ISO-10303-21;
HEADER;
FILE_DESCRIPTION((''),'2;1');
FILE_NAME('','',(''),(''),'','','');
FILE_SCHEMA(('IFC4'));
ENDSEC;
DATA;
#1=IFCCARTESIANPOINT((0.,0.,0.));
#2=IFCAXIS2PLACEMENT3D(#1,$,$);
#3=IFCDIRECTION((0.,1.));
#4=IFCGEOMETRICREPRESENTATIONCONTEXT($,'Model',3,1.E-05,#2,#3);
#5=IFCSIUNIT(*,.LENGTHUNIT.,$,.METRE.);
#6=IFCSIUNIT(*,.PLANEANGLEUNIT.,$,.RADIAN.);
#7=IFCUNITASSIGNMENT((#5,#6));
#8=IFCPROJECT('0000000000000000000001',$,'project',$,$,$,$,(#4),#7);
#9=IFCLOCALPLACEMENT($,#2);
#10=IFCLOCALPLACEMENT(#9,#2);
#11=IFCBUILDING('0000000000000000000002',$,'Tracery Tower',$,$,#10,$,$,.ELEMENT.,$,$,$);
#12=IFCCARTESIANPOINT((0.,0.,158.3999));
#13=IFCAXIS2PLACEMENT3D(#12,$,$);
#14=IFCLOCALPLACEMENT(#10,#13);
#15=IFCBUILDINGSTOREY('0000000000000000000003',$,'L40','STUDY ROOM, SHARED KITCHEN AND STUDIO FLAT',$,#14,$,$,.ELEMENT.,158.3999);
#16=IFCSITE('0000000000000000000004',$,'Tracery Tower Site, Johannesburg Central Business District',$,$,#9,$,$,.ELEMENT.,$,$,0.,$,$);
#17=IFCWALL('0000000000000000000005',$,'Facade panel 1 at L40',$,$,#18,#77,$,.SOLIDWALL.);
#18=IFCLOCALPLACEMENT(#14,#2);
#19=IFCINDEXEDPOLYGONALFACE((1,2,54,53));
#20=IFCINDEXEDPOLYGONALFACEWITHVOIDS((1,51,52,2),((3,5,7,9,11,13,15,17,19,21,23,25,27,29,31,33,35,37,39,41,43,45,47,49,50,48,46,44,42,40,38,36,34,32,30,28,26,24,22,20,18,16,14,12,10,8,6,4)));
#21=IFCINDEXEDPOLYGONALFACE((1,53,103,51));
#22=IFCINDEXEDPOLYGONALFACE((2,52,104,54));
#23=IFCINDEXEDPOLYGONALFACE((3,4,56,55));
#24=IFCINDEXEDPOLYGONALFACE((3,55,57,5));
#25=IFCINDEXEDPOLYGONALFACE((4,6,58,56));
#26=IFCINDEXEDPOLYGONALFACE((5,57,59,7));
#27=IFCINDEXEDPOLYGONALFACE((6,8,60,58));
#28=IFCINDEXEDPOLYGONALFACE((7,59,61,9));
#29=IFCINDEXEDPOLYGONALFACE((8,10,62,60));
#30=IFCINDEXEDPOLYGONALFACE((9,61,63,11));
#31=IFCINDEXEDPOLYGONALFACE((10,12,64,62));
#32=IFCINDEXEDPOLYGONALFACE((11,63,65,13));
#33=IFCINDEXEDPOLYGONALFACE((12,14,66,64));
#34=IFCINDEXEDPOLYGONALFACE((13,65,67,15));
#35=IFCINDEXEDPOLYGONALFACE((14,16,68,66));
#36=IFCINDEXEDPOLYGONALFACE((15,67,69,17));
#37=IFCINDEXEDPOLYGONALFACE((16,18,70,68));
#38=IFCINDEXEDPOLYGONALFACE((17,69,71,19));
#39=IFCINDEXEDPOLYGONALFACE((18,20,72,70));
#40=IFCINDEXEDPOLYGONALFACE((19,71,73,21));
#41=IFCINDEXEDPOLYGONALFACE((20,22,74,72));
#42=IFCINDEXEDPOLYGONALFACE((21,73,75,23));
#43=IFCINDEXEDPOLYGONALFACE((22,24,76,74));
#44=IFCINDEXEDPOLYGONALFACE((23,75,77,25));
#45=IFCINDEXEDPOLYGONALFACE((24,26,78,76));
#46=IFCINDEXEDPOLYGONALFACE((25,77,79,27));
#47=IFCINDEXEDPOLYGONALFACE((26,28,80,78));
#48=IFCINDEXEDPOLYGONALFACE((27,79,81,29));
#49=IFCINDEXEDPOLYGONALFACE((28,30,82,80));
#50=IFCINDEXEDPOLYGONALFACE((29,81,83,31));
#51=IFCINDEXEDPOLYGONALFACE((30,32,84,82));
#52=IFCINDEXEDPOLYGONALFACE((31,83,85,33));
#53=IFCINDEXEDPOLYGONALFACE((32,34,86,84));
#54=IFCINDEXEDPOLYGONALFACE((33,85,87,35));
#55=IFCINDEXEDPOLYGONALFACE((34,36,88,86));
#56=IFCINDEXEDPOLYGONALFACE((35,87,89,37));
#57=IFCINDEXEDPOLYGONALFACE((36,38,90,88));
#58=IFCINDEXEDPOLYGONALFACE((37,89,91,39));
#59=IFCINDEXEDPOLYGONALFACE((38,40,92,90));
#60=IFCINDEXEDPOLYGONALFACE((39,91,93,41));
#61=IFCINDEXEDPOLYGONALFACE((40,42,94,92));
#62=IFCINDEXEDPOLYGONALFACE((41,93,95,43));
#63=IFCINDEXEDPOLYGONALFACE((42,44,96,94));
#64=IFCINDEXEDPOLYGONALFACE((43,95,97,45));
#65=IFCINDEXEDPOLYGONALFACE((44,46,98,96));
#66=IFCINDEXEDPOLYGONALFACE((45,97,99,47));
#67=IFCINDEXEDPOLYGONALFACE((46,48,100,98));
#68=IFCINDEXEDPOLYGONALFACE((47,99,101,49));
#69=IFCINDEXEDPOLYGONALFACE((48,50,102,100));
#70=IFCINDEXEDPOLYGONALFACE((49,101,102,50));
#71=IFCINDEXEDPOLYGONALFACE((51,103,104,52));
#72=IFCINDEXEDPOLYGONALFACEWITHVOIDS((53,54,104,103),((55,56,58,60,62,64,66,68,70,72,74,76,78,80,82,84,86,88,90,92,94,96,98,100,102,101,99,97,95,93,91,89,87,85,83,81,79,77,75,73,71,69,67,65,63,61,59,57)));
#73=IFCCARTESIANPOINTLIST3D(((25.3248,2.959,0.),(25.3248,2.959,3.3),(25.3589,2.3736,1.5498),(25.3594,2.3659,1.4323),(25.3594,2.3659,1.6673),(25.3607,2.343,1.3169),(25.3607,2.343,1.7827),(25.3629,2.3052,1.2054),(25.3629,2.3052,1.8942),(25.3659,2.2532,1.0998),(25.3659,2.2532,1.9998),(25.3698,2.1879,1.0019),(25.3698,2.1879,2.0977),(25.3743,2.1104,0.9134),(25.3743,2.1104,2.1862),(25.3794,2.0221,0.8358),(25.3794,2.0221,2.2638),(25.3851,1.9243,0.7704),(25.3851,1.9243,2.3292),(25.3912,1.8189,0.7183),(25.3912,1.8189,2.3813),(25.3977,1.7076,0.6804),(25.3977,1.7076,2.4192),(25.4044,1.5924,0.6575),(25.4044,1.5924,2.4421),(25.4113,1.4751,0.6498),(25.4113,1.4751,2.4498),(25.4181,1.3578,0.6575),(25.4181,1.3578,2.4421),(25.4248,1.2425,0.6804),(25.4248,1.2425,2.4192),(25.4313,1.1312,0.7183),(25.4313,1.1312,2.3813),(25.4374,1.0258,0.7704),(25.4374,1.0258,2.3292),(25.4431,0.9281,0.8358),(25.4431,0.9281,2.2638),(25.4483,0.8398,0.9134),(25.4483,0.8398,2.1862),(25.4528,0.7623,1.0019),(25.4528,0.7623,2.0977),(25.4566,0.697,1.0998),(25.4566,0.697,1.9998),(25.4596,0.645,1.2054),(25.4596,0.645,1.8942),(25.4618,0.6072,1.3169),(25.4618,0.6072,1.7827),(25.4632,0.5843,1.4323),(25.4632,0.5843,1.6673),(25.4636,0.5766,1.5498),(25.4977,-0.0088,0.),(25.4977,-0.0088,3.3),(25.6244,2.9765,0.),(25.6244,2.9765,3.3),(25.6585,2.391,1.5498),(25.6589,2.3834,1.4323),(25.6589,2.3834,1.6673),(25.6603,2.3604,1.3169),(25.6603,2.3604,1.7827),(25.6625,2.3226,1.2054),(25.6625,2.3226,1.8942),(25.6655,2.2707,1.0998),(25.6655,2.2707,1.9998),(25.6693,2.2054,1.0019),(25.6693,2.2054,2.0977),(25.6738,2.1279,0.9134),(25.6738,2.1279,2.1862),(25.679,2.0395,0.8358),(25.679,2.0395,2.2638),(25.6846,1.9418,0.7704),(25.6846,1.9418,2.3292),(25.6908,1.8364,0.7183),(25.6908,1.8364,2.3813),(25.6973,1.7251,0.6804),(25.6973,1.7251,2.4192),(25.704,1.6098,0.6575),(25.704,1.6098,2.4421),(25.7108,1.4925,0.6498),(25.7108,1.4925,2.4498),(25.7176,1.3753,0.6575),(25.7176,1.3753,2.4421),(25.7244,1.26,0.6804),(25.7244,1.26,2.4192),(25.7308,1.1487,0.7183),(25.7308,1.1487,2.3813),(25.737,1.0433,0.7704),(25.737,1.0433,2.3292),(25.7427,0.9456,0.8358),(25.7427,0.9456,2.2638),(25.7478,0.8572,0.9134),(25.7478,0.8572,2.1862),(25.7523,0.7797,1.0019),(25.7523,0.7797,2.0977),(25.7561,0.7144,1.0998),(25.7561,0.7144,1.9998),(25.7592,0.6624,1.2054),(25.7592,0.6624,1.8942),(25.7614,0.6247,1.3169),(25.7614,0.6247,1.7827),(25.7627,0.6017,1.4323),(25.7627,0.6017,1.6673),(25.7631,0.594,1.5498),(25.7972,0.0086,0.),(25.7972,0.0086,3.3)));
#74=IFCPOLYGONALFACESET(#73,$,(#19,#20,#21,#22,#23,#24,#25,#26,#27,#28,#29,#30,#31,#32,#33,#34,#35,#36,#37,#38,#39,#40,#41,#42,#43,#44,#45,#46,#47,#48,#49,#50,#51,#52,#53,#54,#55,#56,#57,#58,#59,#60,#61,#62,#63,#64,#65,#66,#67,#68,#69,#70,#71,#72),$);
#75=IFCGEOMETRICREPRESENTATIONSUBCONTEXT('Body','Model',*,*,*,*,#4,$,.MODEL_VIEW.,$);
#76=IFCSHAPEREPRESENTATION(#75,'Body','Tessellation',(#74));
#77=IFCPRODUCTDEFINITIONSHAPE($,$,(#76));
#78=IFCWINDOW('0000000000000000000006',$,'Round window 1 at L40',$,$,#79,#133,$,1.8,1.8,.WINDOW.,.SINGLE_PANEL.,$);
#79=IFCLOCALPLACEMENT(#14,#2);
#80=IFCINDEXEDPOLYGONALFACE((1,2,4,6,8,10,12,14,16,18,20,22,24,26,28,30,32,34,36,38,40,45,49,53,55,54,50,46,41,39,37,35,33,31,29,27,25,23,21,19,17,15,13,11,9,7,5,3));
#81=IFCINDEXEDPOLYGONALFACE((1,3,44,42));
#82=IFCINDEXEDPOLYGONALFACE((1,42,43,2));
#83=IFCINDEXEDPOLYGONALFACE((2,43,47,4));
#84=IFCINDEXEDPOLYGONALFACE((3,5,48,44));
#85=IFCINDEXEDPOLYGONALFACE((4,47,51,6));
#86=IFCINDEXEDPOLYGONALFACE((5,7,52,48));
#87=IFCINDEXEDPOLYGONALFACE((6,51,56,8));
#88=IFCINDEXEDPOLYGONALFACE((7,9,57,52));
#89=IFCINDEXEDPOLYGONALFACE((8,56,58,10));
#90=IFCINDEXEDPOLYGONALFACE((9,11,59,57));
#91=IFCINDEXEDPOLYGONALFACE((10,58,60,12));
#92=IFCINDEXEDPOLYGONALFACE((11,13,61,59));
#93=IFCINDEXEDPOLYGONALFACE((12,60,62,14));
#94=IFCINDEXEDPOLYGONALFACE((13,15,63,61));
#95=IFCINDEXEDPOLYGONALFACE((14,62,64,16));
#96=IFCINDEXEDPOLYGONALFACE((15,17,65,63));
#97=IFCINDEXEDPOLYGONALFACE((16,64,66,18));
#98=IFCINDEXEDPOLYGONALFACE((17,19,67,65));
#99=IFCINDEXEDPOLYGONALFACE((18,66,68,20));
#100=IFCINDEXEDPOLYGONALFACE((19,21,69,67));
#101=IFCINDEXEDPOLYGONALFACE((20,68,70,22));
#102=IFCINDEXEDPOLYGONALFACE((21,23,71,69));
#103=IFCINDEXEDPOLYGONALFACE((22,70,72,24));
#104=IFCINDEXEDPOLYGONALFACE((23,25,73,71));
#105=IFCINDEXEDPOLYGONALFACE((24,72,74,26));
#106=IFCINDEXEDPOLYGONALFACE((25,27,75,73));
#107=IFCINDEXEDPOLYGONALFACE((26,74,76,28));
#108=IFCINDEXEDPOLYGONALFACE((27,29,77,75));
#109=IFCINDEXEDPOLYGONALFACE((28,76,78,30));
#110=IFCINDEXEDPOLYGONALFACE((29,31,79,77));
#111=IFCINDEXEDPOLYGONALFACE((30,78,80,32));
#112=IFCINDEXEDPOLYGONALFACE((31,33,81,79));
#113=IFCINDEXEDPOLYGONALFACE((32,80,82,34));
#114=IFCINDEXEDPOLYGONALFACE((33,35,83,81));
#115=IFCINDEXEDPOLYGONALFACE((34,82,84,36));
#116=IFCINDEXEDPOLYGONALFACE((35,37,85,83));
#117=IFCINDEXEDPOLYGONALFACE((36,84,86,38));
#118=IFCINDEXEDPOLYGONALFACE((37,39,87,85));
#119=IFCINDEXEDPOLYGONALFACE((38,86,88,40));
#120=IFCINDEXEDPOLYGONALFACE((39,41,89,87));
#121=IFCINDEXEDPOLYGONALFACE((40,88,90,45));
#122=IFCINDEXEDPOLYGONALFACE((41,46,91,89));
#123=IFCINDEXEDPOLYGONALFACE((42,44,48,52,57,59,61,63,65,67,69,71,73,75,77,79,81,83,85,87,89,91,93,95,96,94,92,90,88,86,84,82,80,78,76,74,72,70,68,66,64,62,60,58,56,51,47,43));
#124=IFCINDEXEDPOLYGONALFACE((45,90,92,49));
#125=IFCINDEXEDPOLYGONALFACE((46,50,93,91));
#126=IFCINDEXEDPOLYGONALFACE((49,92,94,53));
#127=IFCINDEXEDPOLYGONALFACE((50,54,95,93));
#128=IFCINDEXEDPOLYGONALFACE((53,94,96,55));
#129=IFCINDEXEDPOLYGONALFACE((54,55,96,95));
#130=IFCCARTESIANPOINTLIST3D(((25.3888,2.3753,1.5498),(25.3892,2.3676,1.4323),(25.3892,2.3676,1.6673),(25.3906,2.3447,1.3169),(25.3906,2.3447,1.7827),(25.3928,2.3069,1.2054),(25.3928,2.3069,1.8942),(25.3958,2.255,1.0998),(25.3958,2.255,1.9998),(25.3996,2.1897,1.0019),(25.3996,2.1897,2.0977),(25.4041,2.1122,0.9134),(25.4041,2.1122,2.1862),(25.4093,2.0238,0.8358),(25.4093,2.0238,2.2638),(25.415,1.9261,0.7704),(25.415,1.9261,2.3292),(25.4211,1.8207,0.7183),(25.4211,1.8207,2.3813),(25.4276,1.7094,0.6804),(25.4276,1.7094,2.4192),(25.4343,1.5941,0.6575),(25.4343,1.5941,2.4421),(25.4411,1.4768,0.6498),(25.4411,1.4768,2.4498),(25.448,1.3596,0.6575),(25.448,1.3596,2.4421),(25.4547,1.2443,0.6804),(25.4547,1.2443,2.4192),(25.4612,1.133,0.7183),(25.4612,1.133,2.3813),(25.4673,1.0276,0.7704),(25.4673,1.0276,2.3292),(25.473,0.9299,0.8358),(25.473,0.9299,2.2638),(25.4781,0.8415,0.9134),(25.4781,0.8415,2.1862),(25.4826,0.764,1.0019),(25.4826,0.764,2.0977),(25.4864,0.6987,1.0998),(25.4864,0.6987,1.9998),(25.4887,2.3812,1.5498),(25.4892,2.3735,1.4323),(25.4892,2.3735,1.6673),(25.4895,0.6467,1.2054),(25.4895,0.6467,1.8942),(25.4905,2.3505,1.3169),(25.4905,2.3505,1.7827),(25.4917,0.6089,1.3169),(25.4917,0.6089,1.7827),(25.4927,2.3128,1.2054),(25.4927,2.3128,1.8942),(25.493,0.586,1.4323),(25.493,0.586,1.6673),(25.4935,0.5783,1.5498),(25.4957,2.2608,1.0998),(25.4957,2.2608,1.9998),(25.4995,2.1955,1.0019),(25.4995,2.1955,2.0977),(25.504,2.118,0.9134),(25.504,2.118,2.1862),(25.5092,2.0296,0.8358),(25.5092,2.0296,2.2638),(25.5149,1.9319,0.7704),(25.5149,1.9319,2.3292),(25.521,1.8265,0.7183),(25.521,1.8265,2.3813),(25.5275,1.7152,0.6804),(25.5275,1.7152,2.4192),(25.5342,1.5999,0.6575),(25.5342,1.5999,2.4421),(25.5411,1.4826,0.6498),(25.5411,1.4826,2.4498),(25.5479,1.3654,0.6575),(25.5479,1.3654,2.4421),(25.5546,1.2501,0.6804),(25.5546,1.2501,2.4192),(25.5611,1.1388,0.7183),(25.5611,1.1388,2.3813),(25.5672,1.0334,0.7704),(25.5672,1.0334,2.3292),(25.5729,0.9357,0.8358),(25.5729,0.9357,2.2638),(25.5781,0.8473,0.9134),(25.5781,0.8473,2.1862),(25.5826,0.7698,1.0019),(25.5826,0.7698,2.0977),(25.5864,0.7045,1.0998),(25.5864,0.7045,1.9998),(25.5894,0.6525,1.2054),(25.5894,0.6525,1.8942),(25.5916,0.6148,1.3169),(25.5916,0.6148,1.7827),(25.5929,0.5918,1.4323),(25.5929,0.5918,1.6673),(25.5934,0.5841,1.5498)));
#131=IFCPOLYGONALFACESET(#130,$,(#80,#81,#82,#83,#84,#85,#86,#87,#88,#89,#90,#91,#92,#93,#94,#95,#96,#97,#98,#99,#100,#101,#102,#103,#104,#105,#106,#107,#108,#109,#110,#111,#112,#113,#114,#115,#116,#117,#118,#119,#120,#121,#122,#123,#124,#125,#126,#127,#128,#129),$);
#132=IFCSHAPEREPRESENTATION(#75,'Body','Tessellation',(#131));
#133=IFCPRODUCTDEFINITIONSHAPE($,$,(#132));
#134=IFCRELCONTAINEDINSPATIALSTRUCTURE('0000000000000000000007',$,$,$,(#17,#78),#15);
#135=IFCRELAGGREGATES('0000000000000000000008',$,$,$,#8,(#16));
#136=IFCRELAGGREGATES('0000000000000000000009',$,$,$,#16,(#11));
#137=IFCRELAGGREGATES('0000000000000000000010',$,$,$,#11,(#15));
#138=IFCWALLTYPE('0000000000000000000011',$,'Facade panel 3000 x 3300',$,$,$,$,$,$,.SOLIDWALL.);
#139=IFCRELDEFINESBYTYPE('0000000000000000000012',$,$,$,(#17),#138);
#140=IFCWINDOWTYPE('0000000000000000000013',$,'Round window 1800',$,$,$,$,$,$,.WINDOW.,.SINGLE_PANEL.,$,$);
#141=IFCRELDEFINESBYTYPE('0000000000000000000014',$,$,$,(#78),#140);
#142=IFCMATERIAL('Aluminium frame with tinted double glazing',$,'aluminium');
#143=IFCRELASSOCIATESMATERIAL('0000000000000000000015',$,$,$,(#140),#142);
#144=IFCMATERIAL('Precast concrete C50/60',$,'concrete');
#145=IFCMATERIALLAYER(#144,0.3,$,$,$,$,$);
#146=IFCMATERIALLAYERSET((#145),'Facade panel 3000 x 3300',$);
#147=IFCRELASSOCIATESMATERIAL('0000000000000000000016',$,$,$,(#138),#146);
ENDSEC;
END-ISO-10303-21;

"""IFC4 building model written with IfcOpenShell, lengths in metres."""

from ifc_helpers import new_model, si_unit, direction, frame, frame_2d, origin, origin_2d, place, context, subcontext, project, spatial, rectangle, circle, extrude, material, layer, layer_set, type_object, element, fill, save


model = new_model("IFC4")

# Units and contexts
model_context = context("Model", 3, precision=1e-05, world=origin(), true_north=direction((0.0, 1.0)))
body_context = subcontext(model_context, "Body", "Model", "MODEL_VIEW")
ifc_project = project(units=[si_unit("LENGTHUNIT", "METRE"), si_unit("PLANEANGLEUNIT", "RADIAN")], contexts=[model_context])

# Site, building, storey
site_placement = place(None, origin())
site = spatial("IfcSite", under=ifc_project, at=site_placement, Name="Tracery Tower Site, Johannesburg Central Business District", CompositionType="ELEMENT", RefElevation=0.0)
building_placement = place(site_placement, origin())
building = spatial("IfcBuilding", under=site, at=building_placement, Name="Tracery Tower", CompositionType="ELEMENT")
storey_placement = place(building_placement, frame((0.0, 0.0, 158.3999)))
storey = spatial("IfcBuildingStorey", under=building, at=storey_placement, Name="L40", Description="STUDY ROOM, SHARED KITCHEN AND STUDIO FLAT", CompositionType="ELEMENT", Elevation=158.3999)

# Wall, opening, window
ifc_material_1 = material(Name="Aluminium frame with tinted double glazing", Category="aluminium")
window_type = type_object("IfcWindowType", Name="Round window 1800", PartitioningType="SINGLE_PANEL", PredefinedType="WINDOW", material=ifc_material_1)
ifc_material_2 = material(Name="Precast concrete C50/60", Category="concrete")
ifc_layer_1 = layer(ifc_material_2, 0.3)
ifc_layer_set_1 = layer_set([ifc_layer_1], Name="Facade panel 3000 x 3300")
wall_type_1 = type_object("IfcWallType", Name="Facade panel 3000 x 3300", PredefinedType="SOLIDWALL", material=ifc_layer_set_1)
wall_1_placement = place(storey_placement, frame((25.6475, 0.0, 0.0), z_axis=(0.0, 0.0, 1.0), x_axis=(-0.058144, 0.998308, 0.0)))
wall_1 = element("IfcWall", 1, at=wall_1_placement, inside=storey, type_object=wall_type_1, Name="Facade panel 1 at L40", PredefinedType="SOLIDWALL", context=body_context, shape_type="SweptSolid", body=[
    extrude(rectangle(XDim=2.9729, YDim=0.3, at=frame_2d((1.4863, 0.0))), origin(), (0.0, 0.0, 1.0), 3.3),
])
opening_1_placement = place(wall_1_placement, frame((1.4863, 0.0, 1.5498)))
opening_1 = element("IfcOpeningElement", 2, at=opening_1_placement, cuts=wall_1, PredefinedType="OPENING", context=body_context, shape_type="SweptSolid", body=[
    extrude(circle(Radius=0.9, at=origin_2d()), frame((0.0, 0.1599, 0.0), z_axis=(0.0, -1.0, 0.0), x_axis=(1.0, 0.0, 0.0)), (0.0, 0.0, 1.0), 0.3201),
])
window_1_placement = place(opening_1_placement, origin())
window_1 = element("IfcWindow", 3, at=window_1_placement, inside=storey, type_object=window_type, Name="Round window 1 at L40", OverallHeight=1.8, OverallWidth=1.8, PartitioningType="SINGLE_PANEL", PredefinedType="WINDOW", context=body_context, shape_type="SweptSolid", body=[
    extrude(circle(Radius=0.9, at=origin_2d()), frame((0.0, 0.1201, 0.0), z_axis=(0.0, -1.0, 0.0), x_axis=(1.0, 0.0, 0.0)), (0.0, 0.0, 1.0), 0.1001),
])
fill(opening_1, window_1)

save(model, "model.ifc")
